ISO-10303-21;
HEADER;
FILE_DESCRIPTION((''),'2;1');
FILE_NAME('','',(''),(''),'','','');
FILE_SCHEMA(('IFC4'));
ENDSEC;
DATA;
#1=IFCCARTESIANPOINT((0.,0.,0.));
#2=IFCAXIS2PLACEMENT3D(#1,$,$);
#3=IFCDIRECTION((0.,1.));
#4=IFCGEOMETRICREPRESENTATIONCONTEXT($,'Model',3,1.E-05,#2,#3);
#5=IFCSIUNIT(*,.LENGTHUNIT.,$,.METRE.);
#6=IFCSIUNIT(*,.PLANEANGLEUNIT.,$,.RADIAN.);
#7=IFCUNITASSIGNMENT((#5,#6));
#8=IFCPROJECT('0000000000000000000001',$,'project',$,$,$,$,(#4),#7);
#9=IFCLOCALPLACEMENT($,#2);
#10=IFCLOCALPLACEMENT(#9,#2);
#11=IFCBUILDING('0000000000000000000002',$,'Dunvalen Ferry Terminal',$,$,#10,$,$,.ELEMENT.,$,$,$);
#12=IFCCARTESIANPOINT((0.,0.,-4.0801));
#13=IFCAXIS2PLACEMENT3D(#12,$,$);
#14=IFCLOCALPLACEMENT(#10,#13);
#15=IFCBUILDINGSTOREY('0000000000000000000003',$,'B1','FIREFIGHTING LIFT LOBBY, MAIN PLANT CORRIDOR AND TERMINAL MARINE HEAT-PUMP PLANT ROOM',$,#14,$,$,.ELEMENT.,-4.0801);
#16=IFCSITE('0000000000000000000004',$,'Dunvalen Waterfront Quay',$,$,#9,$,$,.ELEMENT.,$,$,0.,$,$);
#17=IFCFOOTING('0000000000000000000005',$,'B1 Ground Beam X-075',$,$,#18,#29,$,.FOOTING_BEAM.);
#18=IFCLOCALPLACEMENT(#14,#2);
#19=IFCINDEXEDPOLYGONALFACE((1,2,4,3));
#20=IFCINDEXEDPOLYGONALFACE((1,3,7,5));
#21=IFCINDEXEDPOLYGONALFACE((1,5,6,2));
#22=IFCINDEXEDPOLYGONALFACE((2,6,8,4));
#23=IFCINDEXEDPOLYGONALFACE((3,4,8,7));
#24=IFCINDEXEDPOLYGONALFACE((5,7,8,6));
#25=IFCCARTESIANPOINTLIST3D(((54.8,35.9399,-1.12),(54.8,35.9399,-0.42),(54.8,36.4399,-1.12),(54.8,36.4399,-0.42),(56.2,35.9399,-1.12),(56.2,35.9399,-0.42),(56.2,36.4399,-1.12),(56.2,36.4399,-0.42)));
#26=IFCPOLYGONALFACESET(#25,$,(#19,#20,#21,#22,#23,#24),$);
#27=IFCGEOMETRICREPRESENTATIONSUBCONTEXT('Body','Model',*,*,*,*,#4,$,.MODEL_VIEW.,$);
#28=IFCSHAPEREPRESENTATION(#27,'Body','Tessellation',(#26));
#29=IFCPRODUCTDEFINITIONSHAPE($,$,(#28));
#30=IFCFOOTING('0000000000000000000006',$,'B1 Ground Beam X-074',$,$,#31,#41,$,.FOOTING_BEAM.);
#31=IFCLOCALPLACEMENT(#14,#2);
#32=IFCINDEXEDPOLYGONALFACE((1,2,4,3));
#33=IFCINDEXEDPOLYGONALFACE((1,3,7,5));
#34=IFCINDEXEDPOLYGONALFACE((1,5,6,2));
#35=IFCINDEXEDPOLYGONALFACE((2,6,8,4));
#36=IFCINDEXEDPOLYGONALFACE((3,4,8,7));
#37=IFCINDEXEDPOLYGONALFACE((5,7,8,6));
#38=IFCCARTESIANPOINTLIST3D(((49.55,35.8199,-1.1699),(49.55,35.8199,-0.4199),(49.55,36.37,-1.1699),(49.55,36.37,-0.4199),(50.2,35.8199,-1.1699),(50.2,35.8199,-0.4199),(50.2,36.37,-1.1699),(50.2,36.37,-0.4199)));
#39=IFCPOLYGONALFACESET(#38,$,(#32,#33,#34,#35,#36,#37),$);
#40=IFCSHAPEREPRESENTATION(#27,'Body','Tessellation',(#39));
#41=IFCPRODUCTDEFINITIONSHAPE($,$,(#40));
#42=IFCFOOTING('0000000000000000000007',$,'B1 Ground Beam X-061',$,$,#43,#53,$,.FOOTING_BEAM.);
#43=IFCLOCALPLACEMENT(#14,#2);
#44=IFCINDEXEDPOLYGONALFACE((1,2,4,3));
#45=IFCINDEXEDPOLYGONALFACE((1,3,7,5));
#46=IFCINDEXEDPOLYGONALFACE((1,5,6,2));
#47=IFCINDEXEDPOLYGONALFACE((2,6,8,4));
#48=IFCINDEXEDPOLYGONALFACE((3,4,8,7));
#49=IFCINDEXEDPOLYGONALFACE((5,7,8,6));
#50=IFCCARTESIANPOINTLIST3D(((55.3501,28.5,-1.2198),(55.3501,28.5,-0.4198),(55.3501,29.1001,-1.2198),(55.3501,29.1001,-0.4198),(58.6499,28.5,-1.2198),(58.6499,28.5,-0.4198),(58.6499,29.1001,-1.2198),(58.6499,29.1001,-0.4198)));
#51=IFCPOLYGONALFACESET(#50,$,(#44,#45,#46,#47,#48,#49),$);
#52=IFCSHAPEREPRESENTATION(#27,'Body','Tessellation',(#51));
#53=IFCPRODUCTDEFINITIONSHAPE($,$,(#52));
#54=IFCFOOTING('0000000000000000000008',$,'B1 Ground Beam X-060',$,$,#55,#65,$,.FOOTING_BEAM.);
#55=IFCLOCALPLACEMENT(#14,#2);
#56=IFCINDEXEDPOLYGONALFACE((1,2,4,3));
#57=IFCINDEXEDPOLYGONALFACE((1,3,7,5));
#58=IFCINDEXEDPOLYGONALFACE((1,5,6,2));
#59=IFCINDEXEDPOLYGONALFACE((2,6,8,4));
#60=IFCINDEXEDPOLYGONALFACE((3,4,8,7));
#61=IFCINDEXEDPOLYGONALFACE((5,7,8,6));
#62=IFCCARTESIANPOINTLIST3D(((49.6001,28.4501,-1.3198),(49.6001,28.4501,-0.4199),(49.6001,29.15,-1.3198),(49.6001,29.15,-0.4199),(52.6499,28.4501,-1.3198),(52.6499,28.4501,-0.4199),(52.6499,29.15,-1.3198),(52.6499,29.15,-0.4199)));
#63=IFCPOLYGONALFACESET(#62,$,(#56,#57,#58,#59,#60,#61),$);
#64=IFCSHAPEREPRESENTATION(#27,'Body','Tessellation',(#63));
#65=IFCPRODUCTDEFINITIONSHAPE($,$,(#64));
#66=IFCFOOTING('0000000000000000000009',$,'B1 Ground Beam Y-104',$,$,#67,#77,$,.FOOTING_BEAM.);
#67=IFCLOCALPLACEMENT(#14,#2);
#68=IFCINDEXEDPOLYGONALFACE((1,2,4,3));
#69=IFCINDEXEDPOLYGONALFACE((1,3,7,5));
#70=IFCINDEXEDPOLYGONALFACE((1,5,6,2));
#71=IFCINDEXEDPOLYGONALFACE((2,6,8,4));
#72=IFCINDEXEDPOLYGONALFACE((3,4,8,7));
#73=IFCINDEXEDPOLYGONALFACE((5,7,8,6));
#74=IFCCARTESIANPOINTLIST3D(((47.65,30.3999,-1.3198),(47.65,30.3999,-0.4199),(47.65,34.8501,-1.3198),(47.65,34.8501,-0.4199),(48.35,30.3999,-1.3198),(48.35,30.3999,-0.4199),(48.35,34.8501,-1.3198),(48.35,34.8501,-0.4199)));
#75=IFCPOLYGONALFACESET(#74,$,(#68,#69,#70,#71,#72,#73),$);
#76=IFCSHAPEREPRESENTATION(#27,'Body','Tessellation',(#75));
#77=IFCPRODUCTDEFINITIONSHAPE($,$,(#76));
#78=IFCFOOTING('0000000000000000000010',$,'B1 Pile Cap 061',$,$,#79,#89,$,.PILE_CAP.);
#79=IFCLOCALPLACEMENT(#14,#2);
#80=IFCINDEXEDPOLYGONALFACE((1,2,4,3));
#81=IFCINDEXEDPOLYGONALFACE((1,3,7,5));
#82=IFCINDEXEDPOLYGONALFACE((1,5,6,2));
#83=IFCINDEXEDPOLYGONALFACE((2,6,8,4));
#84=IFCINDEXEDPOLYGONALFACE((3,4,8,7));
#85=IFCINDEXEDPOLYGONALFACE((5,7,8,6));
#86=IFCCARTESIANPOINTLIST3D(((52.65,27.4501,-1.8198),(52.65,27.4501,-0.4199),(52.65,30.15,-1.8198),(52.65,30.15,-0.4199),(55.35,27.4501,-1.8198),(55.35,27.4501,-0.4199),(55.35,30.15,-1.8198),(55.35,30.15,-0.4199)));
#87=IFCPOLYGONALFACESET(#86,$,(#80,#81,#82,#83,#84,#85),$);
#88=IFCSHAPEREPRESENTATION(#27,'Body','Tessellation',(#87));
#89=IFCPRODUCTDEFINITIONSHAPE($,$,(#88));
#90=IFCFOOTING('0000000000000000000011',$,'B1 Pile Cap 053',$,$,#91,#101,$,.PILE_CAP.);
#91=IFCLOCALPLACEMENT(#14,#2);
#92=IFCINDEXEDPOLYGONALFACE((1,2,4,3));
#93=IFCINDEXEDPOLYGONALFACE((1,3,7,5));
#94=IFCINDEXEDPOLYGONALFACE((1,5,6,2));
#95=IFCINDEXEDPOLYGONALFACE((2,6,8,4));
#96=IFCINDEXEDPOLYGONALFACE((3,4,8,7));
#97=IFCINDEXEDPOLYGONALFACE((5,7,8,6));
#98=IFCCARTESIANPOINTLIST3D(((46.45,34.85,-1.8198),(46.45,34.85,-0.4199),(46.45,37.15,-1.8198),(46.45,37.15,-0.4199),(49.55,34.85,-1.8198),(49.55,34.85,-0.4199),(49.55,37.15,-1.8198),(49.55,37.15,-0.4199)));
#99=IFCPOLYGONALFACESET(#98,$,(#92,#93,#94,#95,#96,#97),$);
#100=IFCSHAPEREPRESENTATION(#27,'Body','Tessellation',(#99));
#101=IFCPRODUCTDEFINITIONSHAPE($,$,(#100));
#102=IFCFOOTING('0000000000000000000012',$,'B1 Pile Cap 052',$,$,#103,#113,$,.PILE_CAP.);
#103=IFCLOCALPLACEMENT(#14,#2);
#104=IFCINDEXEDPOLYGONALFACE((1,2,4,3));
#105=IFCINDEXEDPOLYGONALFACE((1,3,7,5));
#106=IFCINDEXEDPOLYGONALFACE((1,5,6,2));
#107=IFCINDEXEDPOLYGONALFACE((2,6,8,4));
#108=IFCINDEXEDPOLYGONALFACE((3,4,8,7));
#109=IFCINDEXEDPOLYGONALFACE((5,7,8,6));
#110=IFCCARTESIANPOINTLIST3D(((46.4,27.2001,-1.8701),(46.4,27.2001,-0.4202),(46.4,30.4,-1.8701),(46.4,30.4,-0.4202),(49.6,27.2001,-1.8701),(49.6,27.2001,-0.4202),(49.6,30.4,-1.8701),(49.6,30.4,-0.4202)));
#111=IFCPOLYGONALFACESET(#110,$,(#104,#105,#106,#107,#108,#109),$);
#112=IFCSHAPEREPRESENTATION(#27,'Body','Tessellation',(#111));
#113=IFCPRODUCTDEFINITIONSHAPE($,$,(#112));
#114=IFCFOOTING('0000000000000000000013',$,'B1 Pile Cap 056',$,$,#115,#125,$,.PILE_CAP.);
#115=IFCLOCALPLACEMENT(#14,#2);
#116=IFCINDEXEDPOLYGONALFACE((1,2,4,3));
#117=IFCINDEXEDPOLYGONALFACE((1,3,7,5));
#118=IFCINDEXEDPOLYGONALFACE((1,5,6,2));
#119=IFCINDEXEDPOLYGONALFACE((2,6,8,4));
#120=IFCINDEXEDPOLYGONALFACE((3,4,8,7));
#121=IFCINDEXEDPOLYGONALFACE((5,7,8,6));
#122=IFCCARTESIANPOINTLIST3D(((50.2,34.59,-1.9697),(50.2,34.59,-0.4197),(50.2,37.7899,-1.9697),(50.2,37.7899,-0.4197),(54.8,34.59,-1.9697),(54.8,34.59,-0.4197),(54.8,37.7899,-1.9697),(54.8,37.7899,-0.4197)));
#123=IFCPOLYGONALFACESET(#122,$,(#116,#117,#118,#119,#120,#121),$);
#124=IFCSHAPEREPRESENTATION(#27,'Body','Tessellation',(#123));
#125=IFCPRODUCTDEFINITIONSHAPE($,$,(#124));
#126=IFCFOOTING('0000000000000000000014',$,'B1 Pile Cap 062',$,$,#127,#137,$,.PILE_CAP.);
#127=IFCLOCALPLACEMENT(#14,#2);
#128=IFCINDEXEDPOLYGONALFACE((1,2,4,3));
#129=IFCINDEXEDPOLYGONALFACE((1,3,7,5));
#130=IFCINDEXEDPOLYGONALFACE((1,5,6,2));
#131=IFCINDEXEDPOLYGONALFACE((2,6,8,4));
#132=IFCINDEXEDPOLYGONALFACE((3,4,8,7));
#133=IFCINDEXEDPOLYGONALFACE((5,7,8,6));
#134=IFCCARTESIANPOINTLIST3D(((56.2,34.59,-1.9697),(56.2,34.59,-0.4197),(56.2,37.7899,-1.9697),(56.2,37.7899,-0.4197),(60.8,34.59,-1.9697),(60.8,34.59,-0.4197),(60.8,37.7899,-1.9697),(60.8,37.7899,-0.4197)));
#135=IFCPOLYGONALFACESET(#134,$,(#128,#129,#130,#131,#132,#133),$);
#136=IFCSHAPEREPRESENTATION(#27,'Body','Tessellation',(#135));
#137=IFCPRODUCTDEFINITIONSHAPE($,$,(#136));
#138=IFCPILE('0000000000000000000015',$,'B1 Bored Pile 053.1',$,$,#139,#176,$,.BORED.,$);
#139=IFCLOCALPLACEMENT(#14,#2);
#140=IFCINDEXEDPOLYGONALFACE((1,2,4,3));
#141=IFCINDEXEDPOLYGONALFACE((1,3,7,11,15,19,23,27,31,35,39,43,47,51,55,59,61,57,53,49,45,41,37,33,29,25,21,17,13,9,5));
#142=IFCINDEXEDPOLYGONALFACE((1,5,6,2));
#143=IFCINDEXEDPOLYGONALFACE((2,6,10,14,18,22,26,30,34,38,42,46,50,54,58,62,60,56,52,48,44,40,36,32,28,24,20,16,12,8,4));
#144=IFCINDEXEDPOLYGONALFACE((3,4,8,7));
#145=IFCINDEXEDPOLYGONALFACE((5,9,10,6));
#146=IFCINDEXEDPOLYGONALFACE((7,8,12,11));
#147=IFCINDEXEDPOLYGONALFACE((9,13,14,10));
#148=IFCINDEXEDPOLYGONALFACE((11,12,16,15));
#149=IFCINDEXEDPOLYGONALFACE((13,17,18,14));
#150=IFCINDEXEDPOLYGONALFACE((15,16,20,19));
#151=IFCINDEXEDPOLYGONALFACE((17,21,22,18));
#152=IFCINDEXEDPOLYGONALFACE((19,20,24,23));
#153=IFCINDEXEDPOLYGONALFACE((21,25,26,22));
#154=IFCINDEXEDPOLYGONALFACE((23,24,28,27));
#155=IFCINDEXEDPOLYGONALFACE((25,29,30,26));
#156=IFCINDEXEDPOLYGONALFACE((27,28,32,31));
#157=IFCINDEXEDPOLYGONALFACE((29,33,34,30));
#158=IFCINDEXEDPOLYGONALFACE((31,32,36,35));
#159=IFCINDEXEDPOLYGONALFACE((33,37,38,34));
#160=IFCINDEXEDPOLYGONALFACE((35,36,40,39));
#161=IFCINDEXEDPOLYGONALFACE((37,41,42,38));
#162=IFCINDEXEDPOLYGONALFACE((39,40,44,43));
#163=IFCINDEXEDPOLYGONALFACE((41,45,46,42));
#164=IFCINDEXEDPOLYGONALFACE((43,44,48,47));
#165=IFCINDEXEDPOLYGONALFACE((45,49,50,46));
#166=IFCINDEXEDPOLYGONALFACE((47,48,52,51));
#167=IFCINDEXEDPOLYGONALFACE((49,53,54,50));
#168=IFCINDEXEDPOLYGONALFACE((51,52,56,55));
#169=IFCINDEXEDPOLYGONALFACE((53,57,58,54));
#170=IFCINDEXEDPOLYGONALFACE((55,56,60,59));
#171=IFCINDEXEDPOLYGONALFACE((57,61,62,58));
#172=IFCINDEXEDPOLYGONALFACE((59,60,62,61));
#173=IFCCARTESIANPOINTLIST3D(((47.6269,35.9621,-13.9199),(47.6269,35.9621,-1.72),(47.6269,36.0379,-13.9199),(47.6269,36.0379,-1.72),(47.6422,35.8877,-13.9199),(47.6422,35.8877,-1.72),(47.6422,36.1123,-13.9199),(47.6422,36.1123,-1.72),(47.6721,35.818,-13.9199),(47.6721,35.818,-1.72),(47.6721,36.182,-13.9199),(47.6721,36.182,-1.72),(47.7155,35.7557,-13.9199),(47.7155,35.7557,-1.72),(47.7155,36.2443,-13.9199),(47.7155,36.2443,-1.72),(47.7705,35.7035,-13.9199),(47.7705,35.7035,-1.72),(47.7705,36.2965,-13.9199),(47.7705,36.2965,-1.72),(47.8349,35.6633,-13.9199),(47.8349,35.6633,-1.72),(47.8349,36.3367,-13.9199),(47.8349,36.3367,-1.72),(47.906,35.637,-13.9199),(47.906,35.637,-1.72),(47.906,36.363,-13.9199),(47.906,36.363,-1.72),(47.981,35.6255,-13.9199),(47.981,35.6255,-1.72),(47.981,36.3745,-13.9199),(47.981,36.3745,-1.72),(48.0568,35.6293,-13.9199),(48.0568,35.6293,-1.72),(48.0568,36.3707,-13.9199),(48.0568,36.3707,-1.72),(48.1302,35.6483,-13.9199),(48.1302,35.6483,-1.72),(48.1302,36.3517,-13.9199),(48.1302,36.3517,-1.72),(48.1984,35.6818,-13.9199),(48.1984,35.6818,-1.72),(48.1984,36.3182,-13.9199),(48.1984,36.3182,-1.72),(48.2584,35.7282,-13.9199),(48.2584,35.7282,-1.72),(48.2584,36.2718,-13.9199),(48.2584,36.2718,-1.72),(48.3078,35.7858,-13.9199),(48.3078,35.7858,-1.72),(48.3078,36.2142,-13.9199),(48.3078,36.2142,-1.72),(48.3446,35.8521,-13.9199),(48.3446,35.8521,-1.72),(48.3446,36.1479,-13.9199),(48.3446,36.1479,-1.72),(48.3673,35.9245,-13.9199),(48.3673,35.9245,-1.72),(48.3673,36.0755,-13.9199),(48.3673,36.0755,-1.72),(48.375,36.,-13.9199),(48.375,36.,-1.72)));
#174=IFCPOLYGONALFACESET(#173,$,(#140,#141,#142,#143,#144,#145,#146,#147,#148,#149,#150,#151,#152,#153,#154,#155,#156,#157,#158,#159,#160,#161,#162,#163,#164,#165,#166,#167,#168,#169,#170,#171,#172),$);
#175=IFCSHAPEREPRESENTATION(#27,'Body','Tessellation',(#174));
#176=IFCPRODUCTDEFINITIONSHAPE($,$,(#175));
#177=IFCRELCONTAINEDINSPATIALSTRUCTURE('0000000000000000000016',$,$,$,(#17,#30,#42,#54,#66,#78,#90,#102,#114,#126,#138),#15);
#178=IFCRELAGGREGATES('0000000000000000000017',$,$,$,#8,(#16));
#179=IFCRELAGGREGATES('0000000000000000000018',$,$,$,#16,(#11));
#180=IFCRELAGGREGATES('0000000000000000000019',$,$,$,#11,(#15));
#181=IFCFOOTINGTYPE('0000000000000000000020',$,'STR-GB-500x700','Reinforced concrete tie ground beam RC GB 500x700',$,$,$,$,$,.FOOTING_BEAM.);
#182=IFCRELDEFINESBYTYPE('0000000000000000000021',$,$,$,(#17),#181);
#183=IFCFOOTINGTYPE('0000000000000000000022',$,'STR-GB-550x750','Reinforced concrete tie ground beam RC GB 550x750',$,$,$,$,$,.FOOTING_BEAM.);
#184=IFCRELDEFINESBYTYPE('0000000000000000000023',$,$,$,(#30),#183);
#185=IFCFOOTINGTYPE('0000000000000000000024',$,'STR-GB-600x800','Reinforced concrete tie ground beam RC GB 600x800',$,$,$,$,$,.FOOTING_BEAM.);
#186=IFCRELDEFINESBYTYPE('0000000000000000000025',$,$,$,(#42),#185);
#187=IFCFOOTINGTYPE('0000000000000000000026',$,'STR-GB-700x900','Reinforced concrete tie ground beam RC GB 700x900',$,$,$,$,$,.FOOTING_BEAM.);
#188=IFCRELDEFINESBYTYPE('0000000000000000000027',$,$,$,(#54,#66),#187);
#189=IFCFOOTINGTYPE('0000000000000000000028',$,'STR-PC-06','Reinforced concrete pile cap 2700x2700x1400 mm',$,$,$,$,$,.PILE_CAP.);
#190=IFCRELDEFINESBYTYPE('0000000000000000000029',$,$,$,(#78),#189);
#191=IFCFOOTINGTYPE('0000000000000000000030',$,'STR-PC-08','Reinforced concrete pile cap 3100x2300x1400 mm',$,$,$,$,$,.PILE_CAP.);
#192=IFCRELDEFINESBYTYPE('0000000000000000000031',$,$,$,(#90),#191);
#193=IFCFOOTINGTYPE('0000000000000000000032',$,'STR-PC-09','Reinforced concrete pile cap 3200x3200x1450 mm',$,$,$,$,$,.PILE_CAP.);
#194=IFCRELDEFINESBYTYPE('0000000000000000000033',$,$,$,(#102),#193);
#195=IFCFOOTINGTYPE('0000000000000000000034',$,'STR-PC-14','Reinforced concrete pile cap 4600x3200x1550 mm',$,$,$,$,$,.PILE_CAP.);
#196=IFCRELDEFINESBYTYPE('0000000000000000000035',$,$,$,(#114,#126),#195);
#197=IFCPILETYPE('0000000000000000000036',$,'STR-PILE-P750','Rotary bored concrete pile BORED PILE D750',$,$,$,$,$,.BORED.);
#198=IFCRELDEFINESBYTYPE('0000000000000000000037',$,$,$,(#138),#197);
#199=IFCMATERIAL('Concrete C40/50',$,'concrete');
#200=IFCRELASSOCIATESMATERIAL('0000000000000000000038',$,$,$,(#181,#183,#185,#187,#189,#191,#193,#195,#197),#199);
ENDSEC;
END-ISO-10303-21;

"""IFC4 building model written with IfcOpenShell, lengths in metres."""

from ifc_helpers import new_model, si_unit, direction, frame, origin, origin_2d, place, context, subcontext, project, spatial, rectangle, circle, extrude, material, material_profile, profile_set, type_object, element, save


model = new_model("IFC4")

# Units and contexts
model_context = context("Model", 3, precision=1e-05, world=origin(), true_north=direction((0.0, 1.0)))
body_context = subcontext(model_context, "Body", "Model", "MODEL_VIEW")
ifc_project = project(units=[si_unit("LENGTHUNIT", "METRE"), si_unit("PLANEANGLEUNIT", "RADIAN")], contexts=[model_context])

# Site, building, storey
site_placement = place(None, origin())
site = spatial("IfcSite", under=ifc_project, at=site_placement, Name="Dunvalen Waterfront Quay", CompositionType="ELEMENT", RefElevation=0.0)
building_placement = place(site_placement, origin())
building = spatial("IfcBuilding", under=site, at=building_placement, Name="Dunvalen Ferry Terminal", CompositionType="ELEMENT")
storey_placement = place(building_placement, frame((0.0, 0.0, -4.0801)))
storey = spatial("IfcBuildingStorey", under=building, at=storey_placement, Name="B1", Description="FIREFIGHTING LIFT LOBBY, MAIN PLANT CORRIDOR AND TERMINAL MARINE HEAT-PUMP PLANT ROOM", CompositionType="ELEMENT", Elevation=-4.0801)

# Footings
ifc_material = material(Name="Concrete C40/50", Category="concrete")
ifc_material_profile_1 = material_profile(ifc_material, rectangle(XDim=0.5, YDim=0.7, at=origin_2d()), Name="Concrete C40/50")
ifc_profile_set_1 = profile_set([ifc_material_profile_1], Name="Concrete C40/50")
footing_type_1 = type_object("IfcFootingType", Name="STR-GB-500x700", Description="Reinforced concrete tie ground beam RC GB 500x700", PredefinedType="FOOTING_BEAM", material=ifc_profile_set_1)
footing_1_placement = place(storey_placement, frame((54.8, 36.1899, -0.77), z_axis=(1.0, 0.0, 0.0), x_axis=(0.0, 1.0, 0.0)))
element("IfcFooting", 1, at=footing_1_placement, inside=storey, type_object=footing_type_1, Name="B1 Ground Beam X-075", PredefinedType="FOOTING_BEAM", context=body_context, shape_type="SweptSolid", body=[
    extrude(rectangle(XDim=0.5, YDim=0.7, at=origin_2d()), origin(), (0.0, 0.0, 1.0), 1.3999),
])
ifc_material_profile_2 = material_profile(ifc_material, rectangle(XDim=0.55, YDim=0.75, at=origin_2d()), Name="Concrete C40/50")
ifc_profile_set_2 = profile_set([ifc_material_profile_2], Name="Concrete C40/50")
footing_type_2 = type_object("IfcFootingType", Name="STR-GB-550x750", Description="Reinforced concrete tie ground beam RC GB 550x750", PredefinedType="FOOTING_BEAM", material=ifc_profile_set_2)
footing_2_placement = place(storey_placement, frame((49.55, 36.095, -0.7949), z_axis=(1.0, 0.0, 0.0), x_axis=(0.0, 1.0, 0.0)))
element("IfcFooting", 2, at=footing_2_placement, inside=storey, type_object=footing_type_2, Name="B1 Ground Beam X-074", PredefinedType="FOOTING_BEAM", context=body_context, shape_type="SweptSolid", body=[
    extrude(rectangle(XDim=0.55, YDim=0.75, at=origin_2d()), origin(), (0.0, 0.0, 1.0), 0.6499),
])
ifc_material_profile_3 = material_profile(ifc_material, rectangle(XDim=0.6001, YDim=0.8, at=origin_2d()), Name="Concrete C40/50")
ifc_profile_set_3 = profile_set([ifc_material_profile_3], Name="Concrete C40/50")
footing_type_3 = type_object("IfcFootingType", Name="STR-GB-600x800", Description="Reinforced concrete tie ground beam RC GB 600x800", PredefinedType="FOOTING_BEAM", material=ifc_profile_set_3)
footing_3_placement = place(storey_placement, frame((55.3501, 28.8, -0.8198), z_axis=(1.0, 0.0, 0.0), x_axis=(0.0, 1.0, 0.0)))
element("IfcFooting", 3, at=footing_3_placement, inside=storey, type_object=footing_type_3, Name="B1 Ground Beam X-061", PredefinedType="FOOTING_BEAM", context=body_context, shape_type="SweptSolid", body=[
    extrude(rectangle(XDim=0.6001, YDim=0.8, at=origin_2d()), origin(), (0.0, 0.0, 1.0), 3.2998),
])
ifc_material_profile_4 = material_profile(ifc_material, rectangle(XDim=0.7, YDim=0.8999, at=origin_2d()), Name="Concrete C40/50")
ifc_profile_set_4 = profile_set([ifc_material_profile_4], Name="Concrete C40/50")
footing_type_4 = type_object("IfcFootingType", Name="STR-GB-700x900", Description="Reinforced concrete tie ground beam RC GB 700x900", PredefinedType="FOOTING_BEAM", material=ifc_profile_set_4)
footing_4_placement = place(storey_placement, frame((49.6001, 28.8, -0.8699), z_axis=(1.0, 0.0, 0.0), x_axis=(0.0, 1.0, 0.0)))
element("IfcFooting", 4, at=footing_4_placement, inside=storey, type_object=footing_type_4, Name="B1 Ground Beam X-060", PredefinedType="FOOTING_BEAM", context=body_context, shape_type="SweptSolid", body=[
    extrude(rectangle(XDim=0.7, YDim=0.8999, at=origin_2d()), origin(), (0.0, 0.0, 1.0), 3.0498),
])
footing_5_placement = place(storey_placement, frame((48.0, 30.3999, -0.8699), z_axis=(0.0, 1.0, 0.0), x_axis=(-1.0, 0.0, 0.0)))
element("IfcFooting", 5, at=footing_5_placement, inside=storey, type_object=footing_type_4, Name="B1 Ground Beam Y-104", PredefinedType="FOOTING_BEAM", context=body_context, shape_type="SweptSolid", body=[
    extrude(rectangle(XDim=0.7, YDim=0.8999, at=origin_2d()), origin(), (0.0, 0.0, 1.0), 4.4502),
])
footing_type_5 = type_object("IfcFootingType", Name="STR-PC-06", Description="Reinforced concrete pile cap 2700x2700x1400 mm", PredefinedType="PILE_CAP", material=ifc_material)
footing_6_placement = place(storey_placement, frame((54.0, 28.8, -1.8198), z_axis=(0.0, 0.0, 1.0), x_axis=(1.0, 0.0, 0.0)))
element("IfcFooting", 6, at=footing_6_placement, inside=storey, type_object=footing_type_5, Name="B1 Pile Cap 061", PredefinedType="PILE_CAP", context=body_context, shape_type="SweptSolid", body=[
    extrude(rectangle(XDim=2.7, YDim=2.7, at=origin_2d()), origin(), (0.0, 0.0, 1.0), 1.3999),
])
footing_type_6 = type_object("IfcFootingType", Name="STR-PC-08", Description="Reinforced concrete pile cap 3100x2300x1400 mm", PredefinedType="PILE_CAP", material=ifc_material)
footing_7_placement = place(storey_placement, frame((48.0, 36.0, -1.8198), z_axis=(0.0, 0.0, 1.0), x_axis=(1.0, 0.0, 0.0)))
element("IfcFooting", 7, at=footing_7_placement, inside=storey, type_object=footing_type_6, Name="B1 Pile Cap 053", PredefinedType="PILE_CAP", context=body_context, shape_type="SweptSolid", body=[
    extrude(rectangle(XDim=3.1001, YDim=2.3, at=origin_2d()), origin(), (0.0, 0.0, 1.0), 1.3999),
])
footing_type_7 = type_object("IfcFootingType", Name="STR-PC-09", Description="Reinforced concrete pile cap 3200x3200x1450 mm", PredefinedType="PILE_CAP", material=ifc_material)
footing_8_placement = place(storey_placement, frame((48.0, 28.8, -1.8701), z_axis=(0.0, 0.0, 1.0), x_axis=(1.0, 0.0, 0.0)))
element("IfcFooting", 8, at=footing_8_placement, inside=storey, type_object=footing_type_7, Name="B1 Pile Cap 052", PredefinedType="PILE_CAP", context=body_context, shape_type="SweptSolid", body=[
    extrude(rectangle(XDim=3.2, YDim=3.2, at=origin_2d()), origin(), (0.0, 0.0, 1.0), 1.45),
])
footing_type_8 = type_object("IfcFootingType", Name="STR-PC-14", Description="Reinforced concrete pile cap 4600x3200x1550 mm", PredefinedType="PILE_CAP", material=ifc_material)
for number, where, z_axis, x_axis, name in (
    (9, (52.5, 36.1899, -1.9697), (0.0, 0.0, 1.0), (1.0, 0.0, 0.0), "B1 Pile Cap 056"),
    (10, (58.5, 36.1899, -1.9697), (0.0, 0.0, 1.0), (1.0, 0.0, 0.0), "B1 Pile Cap 062"),
):
    element("IfcFooting", number, at=place(storey_placement, frame(where, z_axis=z_axis, x_axis=x_axis)), inside=storey, type_object=footing_type_8, Name=name, PredefinedType="PILE_CAP", context=body_context, shape_type="SweptSolid", body=[
        extrude(rectangle(XDim=4.6001, YDim=3.2, at=origin_2d()), origin(), (0.0, 0.0, 1.0), 1.55),
    ])

# Pile
ifc_material_profile_5 = material_profile(ifc_material, circle(Radius=0.375, at=origin_2d()), Name="Concrete C40/50")
ifc_profile_set_5 = profile_set([ifc_material_profile_5], Name="Concrete C40/50")
pile_type_1 = type_object("IfcPileType", Name="STR-PILE-P750", Description="Rotary bored concrete pile BORED PILE D750", PredefinedType="BORED", material=ifc_profile_set_5)
pile_1_placement = place(storey_placement, frame((48.0, 36.0, -1.72), z_axis=(0.0, 0.0, -1.0), x_axis=(1.0, 0.0, 0.0)))
element("IfcPile", 11, at=pile_1_placement, inside=storey, type_object=pile_type_1, Name="B1 Bored Pile 053.1", PredefinedType="BORED", context=body_context, shape_type="SweptSolid", body=[
    extrude(circle(Radius=0.375, at=origin_2d()), origin(), (0.0, 0.0, 1.0), 12.2),
])

save(model, "model.ifc")
